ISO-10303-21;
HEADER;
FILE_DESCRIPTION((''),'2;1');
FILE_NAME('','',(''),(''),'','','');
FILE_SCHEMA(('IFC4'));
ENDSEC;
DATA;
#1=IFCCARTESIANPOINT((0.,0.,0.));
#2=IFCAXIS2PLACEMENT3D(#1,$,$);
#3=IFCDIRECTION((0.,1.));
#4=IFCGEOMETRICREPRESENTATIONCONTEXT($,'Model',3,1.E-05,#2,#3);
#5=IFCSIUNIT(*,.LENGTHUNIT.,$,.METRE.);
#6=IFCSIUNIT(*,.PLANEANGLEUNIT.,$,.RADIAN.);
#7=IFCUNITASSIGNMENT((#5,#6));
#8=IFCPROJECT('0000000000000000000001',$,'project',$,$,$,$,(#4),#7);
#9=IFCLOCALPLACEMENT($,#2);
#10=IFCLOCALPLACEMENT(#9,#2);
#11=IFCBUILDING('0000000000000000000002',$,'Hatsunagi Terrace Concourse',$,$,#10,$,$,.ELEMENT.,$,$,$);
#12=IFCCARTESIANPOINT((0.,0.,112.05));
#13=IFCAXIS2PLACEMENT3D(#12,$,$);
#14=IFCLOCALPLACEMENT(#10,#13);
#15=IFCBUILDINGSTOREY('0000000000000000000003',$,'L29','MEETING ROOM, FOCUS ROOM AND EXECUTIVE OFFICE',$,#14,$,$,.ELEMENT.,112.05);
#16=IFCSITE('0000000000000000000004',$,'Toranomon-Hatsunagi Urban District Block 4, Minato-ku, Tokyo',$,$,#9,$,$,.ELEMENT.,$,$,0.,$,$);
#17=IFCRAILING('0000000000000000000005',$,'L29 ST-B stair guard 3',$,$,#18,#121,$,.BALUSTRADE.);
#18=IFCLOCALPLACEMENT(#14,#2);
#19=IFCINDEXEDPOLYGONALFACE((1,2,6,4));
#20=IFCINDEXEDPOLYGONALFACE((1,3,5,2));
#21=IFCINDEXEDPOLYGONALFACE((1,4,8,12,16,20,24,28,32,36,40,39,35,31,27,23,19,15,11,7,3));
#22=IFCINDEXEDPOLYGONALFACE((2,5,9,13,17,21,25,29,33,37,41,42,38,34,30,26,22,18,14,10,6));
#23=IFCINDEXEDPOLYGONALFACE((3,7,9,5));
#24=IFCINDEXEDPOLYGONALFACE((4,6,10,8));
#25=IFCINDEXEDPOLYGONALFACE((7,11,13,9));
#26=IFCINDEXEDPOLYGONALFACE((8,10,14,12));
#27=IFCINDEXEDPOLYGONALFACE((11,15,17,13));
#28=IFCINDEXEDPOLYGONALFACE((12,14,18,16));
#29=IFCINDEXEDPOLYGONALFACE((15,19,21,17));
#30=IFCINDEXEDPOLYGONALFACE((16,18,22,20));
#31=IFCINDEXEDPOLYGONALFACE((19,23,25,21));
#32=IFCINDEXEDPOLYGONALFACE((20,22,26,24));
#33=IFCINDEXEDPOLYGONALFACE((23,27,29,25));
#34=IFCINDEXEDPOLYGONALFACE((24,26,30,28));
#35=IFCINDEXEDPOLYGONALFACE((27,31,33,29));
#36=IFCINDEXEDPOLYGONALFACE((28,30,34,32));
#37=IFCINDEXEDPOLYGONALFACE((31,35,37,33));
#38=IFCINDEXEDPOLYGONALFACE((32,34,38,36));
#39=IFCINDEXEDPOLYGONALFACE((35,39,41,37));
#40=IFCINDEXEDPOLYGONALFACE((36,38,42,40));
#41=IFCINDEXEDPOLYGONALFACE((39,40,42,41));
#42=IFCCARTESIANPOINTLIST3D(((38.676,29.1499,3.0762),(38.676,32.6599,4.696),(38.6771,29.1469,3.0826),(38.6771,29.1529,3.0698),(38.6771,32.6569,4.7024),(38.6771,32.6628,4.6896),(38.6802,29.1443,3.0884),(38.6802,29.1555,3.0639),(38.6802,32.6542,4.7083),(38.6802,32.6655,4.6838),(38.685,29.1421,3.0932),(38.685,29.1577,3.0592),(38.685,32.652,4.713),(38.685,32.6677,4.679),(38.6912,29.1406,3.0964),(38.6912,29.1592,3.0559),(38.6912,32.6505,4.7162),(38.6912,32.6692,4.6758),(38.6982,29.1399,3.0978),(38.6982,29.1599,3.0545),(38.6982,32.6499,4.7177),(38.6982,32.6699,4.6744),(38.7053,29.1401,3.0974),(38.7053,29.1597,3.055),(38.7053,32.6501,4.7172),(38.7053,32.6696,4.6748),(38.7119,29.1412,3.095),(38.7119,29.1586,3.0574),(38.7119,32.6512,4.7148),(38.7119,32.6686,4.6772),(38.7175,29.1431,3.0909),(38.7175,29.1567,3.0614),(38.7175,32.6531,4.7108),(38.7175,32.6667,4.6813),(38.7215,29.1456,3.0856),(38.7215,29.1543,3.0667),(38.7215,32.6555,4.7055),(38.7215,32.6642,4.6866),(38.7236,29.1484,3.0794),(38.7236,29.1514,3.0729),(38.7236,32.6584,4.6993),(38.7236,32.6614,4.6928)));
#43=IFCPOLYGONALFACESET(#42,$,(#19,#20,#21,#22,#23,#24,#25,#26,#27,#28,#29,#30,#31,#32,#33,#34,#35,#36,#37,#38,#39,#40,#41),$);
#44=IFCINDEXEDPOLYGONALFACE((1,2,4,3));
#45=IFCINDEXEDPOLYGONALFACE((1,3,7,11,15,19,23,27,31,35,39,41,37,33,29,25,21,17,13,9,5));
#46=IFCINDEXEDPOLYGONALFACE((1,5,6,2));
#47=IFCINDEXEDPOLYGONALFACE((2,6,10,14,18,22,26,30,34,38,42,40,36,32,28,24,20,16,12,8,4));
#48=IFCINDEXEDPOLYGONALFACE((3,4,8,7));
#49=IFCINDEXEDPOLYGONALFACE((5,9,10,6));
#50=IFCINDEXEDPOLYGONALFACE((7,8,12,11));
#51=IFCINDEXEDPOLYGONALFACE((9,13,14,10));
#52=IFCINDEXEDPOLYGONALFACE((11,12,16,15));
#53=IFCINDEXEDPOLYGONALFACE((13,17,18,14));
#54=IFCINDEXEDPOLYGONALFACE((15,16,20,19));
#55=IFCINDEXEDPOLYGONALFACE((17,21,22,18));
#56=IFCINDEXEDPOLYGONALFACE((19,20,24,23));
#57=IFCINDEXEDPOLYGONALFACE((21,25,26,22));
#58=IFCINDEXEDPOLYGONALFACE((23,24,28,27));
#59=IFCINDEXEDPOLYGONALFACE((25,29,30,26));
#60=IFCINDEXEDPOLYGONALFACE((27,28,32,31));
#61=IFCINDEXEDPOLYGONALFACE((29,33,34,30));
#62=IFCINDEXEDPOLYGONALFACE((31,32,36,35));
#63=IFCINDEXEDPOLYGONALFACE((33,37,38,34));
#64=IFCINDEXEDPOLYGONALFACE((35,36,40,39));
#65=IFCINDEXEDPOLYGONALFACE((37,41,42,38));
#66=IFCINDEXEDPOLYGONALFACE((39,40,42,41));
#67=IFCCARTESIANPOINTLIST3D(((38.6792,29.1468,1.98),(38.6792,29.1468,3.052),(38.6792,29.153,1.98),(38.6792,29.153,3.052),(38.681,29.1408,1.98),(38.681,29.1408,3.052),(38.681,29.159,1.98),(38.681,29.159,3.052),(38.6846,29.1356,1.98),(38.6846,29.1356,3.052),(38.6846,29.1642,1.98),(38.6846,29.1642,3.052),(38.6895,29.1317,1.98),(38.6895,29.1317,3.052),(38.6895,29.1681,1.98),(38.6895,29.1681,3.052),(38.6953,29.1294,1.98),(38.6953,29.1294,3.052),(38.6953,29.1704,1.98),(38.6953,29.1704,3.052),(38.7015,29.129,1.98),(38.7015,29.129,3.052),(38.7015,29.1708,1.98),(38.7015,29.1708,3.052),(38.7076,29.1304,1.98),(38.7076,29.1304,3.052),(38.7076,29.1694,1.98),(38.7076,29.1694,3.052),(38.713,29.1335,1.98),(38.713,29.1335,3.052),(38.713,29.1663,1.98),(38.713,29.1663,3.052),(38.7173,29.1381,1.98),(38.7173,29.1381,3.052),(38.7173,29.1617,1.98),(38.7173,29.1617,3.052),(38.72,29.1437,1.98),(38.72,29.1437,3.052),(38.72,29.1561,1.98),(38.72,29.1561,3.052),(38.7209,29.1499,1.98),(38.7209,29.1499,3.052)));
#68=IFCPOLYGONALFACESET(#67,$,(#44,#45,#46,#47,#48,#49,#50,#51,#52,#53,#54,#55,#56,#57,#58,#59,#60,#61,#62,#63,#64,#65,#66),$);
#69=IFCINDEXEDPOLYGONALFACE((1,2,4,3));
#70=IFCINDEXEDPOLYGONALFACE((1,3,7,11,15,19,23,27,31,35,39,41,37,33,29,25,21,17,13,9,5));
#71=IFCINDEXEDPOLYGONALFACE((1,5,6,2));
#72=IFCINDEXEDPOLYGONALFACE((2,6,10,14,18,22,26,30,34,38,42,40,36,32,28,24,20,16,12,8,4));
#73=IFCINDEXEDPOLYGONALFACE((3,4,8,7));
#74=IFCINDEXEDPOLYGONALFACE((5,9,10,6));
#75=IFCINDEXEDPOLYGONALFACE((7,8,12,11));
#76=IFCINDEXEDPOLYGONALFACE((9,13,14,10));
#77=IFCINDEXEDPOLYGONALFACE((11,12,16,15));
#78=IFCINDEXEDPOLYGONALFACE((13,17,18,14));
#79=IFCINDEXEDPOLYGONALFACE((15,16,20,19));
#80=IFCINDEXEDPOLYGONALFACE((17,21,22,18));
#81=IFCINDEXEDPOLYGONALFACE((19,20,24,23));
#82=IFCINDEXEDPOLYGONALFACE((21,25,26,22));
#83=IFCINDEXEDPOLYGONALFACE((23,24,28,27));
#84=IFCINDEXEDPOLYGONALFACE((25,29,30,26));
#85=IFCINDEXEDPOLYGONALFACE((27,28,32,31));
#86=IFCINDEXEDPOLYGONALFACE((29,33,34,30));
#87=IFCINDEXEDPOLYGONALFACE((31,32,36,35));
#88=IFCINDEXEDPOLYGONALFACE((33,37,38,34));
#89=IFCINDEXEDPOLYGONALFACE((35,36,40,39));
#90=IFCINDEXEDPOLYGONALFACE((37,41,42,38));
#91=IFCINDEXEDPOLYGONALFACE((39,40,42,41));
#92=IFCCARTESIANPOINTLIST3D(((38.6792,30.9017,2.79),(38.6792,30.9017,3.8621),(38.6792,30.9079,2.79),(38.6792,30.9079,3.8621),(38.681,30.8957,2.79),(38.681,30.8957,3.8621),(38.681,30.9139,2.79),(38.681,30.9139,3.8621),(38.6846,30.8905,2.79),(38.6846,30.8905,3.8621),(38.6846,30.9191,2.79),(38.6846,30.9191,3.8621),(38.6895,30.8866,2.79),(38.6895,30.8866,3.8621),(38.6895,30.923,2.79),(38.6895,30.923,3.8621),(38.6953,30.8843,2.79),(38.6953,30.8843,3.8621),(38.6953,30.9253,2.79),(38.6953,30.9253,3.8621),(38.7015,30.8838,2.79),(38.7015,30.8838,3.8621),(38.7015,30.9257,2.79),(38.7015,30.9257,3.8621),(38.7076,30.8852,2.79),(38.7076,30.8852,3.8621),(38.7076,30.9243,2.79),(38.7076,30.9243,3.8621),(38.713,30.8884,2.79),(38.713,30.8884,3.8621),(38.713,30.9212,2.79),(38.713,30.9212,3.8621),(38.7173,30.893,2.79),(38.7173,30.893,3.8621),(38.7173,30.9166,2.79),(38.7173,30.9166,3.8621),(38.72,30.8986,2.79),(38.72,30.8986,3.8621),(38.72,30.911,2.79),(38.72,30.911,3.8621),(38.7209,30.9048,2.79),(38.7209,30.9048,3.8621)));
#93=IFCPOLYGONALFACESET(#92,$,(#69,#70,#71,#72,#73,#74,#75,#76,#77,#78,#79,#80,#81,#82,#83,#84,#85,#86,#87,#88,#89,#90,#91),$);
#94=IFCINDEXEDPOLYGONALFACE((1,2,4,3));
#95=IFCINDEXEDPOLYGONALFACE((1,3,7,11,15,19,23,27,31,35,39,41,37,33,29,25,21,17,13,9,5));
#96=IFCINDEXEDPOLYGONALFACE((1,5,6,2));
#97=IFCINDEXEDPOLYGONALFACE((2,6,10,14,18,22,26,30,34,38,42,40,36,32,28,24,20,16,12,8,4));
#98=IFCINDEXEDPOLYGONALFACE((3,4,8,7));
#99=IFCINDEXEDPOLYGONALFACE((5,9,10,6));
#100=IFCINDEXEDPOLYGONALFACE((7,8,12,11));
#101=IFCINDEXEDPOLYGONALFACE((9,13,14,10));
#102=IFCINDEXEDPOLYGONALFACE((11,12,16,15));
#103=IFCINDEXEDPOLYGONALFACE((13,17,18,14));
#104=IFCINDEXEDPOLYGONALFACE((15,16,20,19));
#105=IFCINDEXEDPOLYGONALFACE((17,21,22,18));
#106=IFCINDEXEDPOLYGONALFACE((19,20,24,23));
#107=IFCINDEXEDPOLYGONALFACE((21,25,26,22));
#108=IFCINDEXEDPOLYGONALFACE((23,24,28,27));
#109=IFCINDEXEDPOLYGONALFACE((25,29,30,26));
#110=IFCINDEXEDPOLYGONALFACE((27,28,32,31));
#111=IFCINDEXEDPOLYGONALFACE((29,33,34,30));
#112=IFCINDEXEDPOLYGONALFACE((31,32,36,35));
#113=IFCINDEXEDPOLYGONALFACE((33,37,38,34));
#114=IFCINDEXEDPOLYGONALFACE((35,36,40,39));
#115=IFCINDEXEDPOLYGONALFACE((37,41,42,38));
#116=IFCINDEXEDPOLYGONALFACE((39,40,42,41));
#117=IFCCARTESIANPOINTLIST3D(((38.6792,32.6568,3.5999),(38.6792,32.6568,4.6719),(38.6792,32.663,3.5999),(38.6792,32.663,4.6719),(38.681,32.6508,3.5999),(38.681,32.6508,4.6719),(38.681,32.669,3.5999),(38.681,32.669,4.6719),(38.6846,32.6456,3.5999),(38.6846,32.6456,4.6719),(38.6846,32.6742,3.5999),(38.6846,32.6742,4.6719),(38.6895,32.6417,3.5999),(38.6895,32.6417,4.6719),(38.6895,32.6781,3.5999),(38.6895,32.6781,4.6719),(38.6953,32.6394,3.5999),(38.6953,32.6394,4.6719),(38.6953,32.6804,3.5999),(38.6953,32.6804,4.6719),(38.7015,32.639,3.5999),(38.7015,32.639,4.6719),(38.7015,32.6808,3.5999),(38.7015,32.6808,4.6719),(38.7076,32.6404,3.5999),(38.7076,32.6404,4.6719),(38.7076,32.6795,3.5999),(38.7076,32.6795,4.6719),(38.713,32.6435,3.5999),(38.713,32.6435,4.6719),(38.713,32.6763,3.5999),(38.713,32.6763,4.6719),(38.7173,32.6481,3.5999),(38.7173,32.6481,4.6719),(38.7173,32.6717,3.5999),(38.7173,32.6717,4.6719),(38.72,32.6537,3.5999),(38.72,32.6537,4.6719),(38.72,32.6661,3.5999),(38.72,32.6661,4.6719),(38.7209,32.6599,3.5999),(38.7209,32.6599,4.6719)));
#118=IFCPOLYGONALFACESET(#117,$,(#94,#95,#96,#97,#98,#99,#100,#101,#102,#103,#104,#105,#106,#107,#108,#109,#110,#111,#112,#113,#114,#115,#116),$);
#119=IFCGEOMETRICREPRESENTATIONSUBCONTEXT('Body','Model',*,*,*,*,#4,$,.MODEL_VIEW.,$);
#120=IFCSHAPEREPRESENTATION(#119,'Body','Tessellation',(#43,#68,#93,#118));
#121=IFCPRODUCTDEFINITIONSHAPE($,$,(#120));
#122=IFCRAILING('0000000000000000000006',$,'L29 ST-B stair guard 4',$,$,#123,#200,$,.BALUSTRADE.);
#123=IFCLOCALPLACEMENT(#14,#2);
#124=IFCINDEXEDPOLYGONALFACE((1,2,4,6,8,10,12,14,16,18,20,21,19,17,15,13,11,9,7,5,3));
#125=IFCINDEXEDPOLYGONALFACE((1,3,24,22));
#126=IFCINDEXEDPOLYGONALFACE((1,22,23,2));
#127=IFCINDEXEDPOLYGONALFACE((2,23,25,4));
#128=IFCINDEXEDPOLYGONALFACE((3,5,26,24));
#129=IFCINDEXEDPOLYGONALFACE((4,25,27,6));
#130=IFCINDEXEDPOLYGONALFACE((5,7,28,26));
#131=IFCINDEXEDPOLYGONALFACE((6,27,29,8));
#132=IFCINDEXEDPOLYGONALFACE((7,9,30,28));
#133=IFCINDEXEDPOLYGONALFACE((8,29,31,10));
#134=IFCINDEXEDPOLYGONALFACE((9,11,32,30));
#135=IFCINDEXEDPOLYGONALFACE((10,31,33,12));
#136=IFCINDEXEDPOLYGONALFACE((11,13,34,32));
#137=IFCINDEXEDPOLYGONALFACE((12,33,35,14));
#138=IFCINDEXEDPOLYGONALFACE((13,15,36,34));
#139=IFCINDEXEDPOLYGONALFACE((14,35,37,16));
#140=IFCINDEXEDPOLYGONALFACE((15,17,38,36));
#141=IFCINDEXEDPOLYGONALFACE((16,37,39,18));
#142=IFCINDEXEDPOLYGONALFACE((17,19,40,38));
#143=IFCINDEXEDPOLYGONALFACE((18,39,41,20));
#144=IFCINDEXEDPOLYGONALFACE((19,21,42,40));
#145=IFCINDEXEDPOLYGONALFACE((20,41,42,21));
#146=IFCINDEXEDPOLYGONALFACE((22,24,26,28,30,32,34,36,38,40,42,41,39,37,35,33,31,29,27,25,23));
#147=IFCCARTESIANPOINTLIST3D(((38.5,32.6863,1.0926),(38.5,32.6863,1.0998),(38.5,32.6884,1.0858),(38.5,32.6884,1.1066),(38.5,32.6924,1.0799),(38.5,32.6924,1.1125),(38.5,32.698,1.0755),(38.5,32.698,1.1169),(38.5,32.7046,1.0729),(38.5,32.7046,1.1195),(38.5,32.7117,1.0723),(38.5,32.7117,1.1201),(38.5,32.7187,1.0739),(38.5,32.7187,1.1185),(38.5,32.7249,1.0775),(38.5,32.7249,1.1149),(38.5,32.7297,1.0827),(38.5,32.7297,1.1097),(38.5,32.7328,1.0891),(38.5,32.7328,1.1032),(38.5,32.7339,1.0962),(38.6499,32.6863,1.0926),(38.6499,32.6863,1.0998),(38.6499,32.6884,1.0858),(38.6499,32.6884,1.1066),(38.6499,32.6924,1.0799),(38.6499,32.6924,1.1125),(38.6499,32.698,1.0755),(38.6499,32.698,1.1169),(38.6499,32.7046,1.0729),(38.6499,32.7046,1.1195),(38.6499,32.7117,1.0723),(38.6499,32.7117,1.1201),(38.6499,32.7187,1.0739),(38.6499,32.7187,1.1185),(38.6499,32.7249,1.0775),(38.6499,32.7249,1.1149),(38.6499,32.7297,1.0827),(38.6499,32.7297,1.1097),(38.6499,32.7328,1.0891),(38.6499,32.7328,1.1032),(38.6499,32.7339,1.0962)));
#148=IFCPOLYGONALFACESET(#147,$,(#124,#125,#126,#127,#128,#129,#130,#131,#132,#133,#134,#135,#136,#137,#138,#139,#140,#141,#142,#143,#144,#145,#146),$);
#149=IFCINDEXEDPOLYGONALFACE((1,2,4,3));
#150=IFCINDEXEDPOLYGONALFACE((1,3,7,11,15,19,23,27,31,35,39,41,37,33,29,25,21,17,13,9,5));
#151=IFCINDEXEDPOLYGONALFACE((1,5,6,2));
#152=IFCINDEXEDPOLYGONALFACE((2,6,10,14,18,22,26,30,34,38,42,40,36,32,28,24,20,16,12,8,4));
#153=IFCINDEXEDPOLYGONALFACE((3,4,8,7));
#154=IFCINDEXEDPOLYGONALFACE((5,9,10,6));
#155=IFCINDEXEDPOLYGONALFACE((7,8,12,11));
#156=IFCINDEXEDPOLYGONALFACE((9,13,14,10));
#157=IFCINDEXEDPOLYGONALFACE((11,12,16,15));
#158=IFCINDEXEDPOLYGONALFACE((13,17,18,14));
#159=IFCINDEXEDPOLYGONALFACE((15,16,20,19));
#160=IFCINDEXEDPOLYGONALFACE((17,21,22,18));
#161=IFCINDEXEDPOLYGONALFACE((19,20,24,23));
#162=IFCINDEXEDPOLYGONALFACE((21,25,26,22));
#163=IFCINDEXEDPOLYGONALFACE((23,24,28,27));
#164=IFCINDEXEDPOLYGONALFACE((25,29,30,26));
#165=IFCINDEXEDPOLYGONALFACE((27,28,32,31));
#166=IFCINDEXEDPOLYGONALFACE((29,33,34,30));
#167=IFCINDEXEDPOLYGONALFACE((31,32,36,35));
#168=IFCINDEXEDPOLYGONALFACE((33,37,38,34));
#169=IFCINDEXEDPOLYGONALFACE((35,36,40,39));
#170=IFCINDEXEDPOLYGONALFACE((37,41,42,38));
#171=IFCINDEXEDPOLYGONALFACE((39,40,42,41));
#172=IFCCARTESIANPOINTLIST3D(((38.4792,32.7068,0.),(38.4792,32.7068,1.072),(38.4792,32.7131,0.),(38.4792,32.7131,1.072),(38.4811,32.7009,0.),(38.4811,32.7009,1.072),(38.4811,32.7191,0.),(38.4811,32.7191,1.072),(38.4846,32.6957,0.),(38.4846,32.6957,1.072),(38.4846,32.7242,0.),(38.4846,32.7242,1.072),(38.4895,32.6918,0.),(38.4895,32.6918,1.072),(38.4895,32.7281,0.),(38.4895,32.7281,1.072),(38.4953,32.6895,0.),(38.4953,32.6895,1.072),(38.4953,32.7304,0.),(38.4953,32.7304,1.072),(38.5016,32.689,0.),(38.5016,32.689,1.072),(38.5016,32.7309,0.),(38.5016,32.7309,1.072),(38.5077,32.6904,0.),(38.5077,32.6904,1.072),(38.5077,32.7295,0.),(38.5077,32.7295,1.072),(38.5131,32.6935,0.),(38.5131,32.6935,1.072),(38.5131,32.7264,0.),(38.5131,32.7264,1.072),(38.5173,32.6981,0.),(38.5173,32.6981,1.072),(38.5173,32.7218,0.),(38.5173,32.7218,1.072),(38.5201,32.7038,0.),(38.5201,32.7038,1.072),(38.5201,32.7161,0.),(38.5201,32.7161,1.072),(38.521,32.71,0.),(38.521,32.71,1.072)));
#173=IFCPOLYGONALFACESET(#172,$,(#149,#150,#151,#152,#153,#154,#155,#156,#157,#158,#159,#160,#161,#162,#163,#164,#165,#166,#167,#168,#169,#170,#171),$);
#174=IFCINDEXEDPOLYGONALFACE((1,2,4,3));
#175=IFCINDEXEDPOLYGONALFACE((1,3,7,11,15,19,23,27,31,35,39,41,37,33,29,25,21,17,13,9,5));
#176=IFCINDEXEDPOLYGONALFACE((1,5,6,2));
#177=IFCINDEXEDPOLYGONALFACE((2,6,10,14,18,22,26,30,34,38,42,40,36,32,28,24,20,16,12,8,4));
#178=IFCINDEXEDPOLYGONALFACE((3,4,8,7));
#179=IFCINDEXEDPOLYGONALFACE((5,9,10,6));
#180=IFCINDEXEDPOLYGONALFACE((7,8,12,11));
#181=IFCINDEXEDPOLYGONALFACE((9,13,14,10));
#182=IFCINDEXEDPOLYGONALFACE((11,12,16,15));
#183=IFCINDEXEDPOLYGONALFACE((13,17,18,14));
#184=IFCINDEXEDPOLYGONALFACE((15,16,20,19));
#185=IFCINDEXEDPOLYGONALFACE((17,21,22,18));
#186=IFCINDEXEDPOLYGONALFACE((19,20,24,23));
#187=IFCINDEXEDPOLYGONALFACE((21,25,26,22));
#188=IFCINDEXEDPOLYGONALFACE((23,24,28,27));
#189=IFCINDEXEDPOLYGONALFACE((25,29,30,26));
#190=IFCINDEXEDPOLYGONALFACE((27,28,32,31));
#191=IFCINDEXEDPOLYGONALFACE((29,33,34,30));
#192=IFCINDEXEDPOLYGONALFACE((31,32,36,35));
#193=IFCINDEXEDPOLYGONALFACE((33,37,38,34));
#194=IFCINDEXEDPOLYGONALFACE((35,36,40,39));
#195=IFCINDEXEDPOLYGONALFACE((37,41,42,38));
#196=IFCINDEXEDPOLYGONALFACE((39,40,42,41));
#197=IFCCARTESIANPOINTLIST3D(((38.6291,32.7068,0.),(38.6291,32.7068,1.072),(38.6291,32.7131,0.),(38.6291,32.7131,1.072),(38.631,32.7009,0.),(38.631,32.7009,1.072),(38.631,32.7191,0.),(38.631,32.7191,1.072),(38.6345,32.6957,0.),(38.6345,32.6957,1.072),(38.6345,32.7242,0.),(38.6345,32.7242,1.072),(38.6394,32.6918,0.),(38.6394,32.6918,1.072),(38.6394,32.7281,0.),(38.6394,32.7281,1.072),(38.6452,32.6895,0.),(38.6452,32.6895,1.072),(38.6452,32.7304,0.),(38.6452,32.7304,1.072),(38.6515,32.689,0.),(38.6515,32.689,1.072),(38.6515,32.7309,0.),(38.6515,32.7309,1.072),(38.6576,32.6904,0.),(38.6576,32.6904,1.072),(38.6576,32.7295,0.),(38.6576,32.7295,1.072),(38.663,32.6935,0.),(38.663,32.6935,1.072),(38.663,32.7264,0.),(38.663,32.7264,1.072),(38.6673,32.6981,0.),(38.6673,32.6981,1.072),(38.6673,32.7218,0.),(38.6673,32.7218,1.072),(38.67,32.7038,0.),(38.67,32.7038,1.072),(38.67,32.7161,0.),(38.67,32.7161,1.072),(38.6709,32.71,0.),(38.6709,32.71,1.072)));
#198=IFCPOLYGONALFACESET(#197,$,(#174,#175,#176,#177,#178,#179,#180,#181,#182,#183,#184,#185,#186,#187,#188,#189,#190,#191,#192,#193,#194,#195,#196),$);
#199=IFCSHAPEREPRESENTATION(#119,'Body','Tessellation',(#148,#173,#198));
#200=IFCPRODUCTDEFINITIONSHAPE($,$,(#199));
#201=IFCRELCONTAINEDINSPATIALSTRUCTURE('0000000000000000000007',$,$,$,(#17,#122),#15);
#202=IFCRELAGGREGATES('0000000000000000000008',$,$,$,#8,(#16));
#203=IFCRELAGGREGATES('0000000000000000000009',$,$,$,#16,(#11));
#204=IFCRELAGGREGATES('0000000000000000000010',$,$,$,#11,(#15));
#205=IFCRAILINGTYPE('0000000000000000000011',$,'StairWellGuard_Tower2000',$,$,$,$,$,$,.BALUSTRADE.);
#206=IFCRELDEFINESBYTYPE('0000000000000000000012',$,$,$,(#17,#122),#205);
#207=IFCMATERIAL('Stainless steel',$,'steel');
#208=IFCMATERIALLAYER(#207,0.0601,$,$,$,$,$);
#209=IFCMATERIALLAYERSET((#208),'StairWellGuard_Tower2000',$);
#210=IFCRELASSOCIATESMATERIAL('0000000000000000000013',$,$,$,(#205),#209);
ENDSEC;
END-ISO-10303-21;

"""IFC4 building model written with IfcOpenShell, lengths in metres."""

from ifc_helpers import new_model, si_unit, direction, frame, origin, origin_2d, place, context, subcontext, project, spatial, circle, extrude, material, layer, layer_set, type_object, element, save


model = new_model("IFC4")

# Units and contexts
model_context = context("Model", 3, precision=1e-05, world=origin(), true_north=direction((0.0, 1.0)))
body_context = subcontext(model_context, "Body", "Model", "MODEL_VIEW")
ifc_project = project(units=[si_unit("LENGTHUNIT", "METRE"), si_unit("PLANEANGLEUNIT", "RADIAN")], contexts=[model_context])

# Site, building, storey
site_placement = place(None, origin())
site = spatial("IfcSite", under=ifc_project, at=site_placement, Name="Toranomon-Hatsunagi Urban District Block 4, Minato-ku, Tokyo", CompositionType="ELEMENT", RefElevation=0.0)
building_placement = place(site_placement, origin())
building = spatial("IfcBuilding", under=site, at=building_placement, Name="Hatsunagi Terrace Concourse", CompositionType="ELEMENT")
storey_placement = place(building_placement, frame((0.0, 0.0, 112.05)))
storey = spatial("IfcBuildingStorey", under=building, at=storey_placement, Name="L29", Description="MEETING ROOM, FOCUS ROOM AND EXECUTIVE OFFICE", CompositionType="ELEMENT", Elevation=112.05)

# Railings
ifc_material_1 = material(Name="Stainless steel", Category="steel")
ifc_layer_1 = layer(ifc_material_1, 0.0601)
ifc_layer_set_1 = layer_set([ifc_layer_1], Name="StairWellGuard_Tower2000")
railing_type_1 = type_object("IfcRailingType", Name="StairWellGuard_Tower2000", PredefinedType="BALUSTRADE", material=ifc_layer_set_1)
railing_1_placement = place(storey_placement, frame((38.7, 29.1499, 1.98)))
element("IfcRailing", 1, at=railing_1_placement, inside=storey, type_object=railing_type_1, Name="L29 ST-B stair guard 3", PredefinedType="BALUSTRADE", context=body_context, shape_type="SweptSolid", body=[
    extrude(circle(Radius=0.0239, at=origin_2d()), frame((0.0, 0.0, 1.0962), z_axis=(0.0, 0.907972, 0.41903), x_axis=(-1.0, 0.0, 0.0)), (0.0, 0.0, 1.0), 3.8657),
    extrude(circle(Radius=0.021, at=origin_2d()), origin(), (0.0, 0.0, 1.0), 1.072),
    extrude(circle(Radius=0.021, at=origin_2d()), frame((0.0, 1.7549, 0.8101)), (0.0, 0.0, 1.0), 1.072),
    extrude(circle(Radius=0.021, at=origin_2d()), frame((0.0, 3.51, 1.6199)), (0.0, 0.0, 1.0), 1.072),
])
railing_2_placement = place(storey_placement, frame((38.5, 32.71, 0.0)))
element("IfcRailing", 2, at=railing_2_placement, inside=storey, type_object=railing_type_1, Name="L29 ST-B stair guard 4", PredefinedType="BALUSTRADE", context=body_context, shape_type="SweptSolid", body=[
    extrude(circle(Radius=0.0239, at=origin_2d()), frame((0.0, 0.0, 1.0962), z_axis=(1.0, 0.0, 0.0), x_axis=(0.0, 1.0, 0.0)), (0.0, 0.0, 1.0), 0.1499),
    extrude(circle(Radius=0.021, at=origin_2d()), origin(), (0.0, 0.0, 1.0), 1.072),
    extrude(circle(Radius=0.021, at=origin_2d()), frame((0.1499, 0.0, 0.0)), (0.0, 0.0, 1.0), 1.072),
])

save(model, "model.ifc")
